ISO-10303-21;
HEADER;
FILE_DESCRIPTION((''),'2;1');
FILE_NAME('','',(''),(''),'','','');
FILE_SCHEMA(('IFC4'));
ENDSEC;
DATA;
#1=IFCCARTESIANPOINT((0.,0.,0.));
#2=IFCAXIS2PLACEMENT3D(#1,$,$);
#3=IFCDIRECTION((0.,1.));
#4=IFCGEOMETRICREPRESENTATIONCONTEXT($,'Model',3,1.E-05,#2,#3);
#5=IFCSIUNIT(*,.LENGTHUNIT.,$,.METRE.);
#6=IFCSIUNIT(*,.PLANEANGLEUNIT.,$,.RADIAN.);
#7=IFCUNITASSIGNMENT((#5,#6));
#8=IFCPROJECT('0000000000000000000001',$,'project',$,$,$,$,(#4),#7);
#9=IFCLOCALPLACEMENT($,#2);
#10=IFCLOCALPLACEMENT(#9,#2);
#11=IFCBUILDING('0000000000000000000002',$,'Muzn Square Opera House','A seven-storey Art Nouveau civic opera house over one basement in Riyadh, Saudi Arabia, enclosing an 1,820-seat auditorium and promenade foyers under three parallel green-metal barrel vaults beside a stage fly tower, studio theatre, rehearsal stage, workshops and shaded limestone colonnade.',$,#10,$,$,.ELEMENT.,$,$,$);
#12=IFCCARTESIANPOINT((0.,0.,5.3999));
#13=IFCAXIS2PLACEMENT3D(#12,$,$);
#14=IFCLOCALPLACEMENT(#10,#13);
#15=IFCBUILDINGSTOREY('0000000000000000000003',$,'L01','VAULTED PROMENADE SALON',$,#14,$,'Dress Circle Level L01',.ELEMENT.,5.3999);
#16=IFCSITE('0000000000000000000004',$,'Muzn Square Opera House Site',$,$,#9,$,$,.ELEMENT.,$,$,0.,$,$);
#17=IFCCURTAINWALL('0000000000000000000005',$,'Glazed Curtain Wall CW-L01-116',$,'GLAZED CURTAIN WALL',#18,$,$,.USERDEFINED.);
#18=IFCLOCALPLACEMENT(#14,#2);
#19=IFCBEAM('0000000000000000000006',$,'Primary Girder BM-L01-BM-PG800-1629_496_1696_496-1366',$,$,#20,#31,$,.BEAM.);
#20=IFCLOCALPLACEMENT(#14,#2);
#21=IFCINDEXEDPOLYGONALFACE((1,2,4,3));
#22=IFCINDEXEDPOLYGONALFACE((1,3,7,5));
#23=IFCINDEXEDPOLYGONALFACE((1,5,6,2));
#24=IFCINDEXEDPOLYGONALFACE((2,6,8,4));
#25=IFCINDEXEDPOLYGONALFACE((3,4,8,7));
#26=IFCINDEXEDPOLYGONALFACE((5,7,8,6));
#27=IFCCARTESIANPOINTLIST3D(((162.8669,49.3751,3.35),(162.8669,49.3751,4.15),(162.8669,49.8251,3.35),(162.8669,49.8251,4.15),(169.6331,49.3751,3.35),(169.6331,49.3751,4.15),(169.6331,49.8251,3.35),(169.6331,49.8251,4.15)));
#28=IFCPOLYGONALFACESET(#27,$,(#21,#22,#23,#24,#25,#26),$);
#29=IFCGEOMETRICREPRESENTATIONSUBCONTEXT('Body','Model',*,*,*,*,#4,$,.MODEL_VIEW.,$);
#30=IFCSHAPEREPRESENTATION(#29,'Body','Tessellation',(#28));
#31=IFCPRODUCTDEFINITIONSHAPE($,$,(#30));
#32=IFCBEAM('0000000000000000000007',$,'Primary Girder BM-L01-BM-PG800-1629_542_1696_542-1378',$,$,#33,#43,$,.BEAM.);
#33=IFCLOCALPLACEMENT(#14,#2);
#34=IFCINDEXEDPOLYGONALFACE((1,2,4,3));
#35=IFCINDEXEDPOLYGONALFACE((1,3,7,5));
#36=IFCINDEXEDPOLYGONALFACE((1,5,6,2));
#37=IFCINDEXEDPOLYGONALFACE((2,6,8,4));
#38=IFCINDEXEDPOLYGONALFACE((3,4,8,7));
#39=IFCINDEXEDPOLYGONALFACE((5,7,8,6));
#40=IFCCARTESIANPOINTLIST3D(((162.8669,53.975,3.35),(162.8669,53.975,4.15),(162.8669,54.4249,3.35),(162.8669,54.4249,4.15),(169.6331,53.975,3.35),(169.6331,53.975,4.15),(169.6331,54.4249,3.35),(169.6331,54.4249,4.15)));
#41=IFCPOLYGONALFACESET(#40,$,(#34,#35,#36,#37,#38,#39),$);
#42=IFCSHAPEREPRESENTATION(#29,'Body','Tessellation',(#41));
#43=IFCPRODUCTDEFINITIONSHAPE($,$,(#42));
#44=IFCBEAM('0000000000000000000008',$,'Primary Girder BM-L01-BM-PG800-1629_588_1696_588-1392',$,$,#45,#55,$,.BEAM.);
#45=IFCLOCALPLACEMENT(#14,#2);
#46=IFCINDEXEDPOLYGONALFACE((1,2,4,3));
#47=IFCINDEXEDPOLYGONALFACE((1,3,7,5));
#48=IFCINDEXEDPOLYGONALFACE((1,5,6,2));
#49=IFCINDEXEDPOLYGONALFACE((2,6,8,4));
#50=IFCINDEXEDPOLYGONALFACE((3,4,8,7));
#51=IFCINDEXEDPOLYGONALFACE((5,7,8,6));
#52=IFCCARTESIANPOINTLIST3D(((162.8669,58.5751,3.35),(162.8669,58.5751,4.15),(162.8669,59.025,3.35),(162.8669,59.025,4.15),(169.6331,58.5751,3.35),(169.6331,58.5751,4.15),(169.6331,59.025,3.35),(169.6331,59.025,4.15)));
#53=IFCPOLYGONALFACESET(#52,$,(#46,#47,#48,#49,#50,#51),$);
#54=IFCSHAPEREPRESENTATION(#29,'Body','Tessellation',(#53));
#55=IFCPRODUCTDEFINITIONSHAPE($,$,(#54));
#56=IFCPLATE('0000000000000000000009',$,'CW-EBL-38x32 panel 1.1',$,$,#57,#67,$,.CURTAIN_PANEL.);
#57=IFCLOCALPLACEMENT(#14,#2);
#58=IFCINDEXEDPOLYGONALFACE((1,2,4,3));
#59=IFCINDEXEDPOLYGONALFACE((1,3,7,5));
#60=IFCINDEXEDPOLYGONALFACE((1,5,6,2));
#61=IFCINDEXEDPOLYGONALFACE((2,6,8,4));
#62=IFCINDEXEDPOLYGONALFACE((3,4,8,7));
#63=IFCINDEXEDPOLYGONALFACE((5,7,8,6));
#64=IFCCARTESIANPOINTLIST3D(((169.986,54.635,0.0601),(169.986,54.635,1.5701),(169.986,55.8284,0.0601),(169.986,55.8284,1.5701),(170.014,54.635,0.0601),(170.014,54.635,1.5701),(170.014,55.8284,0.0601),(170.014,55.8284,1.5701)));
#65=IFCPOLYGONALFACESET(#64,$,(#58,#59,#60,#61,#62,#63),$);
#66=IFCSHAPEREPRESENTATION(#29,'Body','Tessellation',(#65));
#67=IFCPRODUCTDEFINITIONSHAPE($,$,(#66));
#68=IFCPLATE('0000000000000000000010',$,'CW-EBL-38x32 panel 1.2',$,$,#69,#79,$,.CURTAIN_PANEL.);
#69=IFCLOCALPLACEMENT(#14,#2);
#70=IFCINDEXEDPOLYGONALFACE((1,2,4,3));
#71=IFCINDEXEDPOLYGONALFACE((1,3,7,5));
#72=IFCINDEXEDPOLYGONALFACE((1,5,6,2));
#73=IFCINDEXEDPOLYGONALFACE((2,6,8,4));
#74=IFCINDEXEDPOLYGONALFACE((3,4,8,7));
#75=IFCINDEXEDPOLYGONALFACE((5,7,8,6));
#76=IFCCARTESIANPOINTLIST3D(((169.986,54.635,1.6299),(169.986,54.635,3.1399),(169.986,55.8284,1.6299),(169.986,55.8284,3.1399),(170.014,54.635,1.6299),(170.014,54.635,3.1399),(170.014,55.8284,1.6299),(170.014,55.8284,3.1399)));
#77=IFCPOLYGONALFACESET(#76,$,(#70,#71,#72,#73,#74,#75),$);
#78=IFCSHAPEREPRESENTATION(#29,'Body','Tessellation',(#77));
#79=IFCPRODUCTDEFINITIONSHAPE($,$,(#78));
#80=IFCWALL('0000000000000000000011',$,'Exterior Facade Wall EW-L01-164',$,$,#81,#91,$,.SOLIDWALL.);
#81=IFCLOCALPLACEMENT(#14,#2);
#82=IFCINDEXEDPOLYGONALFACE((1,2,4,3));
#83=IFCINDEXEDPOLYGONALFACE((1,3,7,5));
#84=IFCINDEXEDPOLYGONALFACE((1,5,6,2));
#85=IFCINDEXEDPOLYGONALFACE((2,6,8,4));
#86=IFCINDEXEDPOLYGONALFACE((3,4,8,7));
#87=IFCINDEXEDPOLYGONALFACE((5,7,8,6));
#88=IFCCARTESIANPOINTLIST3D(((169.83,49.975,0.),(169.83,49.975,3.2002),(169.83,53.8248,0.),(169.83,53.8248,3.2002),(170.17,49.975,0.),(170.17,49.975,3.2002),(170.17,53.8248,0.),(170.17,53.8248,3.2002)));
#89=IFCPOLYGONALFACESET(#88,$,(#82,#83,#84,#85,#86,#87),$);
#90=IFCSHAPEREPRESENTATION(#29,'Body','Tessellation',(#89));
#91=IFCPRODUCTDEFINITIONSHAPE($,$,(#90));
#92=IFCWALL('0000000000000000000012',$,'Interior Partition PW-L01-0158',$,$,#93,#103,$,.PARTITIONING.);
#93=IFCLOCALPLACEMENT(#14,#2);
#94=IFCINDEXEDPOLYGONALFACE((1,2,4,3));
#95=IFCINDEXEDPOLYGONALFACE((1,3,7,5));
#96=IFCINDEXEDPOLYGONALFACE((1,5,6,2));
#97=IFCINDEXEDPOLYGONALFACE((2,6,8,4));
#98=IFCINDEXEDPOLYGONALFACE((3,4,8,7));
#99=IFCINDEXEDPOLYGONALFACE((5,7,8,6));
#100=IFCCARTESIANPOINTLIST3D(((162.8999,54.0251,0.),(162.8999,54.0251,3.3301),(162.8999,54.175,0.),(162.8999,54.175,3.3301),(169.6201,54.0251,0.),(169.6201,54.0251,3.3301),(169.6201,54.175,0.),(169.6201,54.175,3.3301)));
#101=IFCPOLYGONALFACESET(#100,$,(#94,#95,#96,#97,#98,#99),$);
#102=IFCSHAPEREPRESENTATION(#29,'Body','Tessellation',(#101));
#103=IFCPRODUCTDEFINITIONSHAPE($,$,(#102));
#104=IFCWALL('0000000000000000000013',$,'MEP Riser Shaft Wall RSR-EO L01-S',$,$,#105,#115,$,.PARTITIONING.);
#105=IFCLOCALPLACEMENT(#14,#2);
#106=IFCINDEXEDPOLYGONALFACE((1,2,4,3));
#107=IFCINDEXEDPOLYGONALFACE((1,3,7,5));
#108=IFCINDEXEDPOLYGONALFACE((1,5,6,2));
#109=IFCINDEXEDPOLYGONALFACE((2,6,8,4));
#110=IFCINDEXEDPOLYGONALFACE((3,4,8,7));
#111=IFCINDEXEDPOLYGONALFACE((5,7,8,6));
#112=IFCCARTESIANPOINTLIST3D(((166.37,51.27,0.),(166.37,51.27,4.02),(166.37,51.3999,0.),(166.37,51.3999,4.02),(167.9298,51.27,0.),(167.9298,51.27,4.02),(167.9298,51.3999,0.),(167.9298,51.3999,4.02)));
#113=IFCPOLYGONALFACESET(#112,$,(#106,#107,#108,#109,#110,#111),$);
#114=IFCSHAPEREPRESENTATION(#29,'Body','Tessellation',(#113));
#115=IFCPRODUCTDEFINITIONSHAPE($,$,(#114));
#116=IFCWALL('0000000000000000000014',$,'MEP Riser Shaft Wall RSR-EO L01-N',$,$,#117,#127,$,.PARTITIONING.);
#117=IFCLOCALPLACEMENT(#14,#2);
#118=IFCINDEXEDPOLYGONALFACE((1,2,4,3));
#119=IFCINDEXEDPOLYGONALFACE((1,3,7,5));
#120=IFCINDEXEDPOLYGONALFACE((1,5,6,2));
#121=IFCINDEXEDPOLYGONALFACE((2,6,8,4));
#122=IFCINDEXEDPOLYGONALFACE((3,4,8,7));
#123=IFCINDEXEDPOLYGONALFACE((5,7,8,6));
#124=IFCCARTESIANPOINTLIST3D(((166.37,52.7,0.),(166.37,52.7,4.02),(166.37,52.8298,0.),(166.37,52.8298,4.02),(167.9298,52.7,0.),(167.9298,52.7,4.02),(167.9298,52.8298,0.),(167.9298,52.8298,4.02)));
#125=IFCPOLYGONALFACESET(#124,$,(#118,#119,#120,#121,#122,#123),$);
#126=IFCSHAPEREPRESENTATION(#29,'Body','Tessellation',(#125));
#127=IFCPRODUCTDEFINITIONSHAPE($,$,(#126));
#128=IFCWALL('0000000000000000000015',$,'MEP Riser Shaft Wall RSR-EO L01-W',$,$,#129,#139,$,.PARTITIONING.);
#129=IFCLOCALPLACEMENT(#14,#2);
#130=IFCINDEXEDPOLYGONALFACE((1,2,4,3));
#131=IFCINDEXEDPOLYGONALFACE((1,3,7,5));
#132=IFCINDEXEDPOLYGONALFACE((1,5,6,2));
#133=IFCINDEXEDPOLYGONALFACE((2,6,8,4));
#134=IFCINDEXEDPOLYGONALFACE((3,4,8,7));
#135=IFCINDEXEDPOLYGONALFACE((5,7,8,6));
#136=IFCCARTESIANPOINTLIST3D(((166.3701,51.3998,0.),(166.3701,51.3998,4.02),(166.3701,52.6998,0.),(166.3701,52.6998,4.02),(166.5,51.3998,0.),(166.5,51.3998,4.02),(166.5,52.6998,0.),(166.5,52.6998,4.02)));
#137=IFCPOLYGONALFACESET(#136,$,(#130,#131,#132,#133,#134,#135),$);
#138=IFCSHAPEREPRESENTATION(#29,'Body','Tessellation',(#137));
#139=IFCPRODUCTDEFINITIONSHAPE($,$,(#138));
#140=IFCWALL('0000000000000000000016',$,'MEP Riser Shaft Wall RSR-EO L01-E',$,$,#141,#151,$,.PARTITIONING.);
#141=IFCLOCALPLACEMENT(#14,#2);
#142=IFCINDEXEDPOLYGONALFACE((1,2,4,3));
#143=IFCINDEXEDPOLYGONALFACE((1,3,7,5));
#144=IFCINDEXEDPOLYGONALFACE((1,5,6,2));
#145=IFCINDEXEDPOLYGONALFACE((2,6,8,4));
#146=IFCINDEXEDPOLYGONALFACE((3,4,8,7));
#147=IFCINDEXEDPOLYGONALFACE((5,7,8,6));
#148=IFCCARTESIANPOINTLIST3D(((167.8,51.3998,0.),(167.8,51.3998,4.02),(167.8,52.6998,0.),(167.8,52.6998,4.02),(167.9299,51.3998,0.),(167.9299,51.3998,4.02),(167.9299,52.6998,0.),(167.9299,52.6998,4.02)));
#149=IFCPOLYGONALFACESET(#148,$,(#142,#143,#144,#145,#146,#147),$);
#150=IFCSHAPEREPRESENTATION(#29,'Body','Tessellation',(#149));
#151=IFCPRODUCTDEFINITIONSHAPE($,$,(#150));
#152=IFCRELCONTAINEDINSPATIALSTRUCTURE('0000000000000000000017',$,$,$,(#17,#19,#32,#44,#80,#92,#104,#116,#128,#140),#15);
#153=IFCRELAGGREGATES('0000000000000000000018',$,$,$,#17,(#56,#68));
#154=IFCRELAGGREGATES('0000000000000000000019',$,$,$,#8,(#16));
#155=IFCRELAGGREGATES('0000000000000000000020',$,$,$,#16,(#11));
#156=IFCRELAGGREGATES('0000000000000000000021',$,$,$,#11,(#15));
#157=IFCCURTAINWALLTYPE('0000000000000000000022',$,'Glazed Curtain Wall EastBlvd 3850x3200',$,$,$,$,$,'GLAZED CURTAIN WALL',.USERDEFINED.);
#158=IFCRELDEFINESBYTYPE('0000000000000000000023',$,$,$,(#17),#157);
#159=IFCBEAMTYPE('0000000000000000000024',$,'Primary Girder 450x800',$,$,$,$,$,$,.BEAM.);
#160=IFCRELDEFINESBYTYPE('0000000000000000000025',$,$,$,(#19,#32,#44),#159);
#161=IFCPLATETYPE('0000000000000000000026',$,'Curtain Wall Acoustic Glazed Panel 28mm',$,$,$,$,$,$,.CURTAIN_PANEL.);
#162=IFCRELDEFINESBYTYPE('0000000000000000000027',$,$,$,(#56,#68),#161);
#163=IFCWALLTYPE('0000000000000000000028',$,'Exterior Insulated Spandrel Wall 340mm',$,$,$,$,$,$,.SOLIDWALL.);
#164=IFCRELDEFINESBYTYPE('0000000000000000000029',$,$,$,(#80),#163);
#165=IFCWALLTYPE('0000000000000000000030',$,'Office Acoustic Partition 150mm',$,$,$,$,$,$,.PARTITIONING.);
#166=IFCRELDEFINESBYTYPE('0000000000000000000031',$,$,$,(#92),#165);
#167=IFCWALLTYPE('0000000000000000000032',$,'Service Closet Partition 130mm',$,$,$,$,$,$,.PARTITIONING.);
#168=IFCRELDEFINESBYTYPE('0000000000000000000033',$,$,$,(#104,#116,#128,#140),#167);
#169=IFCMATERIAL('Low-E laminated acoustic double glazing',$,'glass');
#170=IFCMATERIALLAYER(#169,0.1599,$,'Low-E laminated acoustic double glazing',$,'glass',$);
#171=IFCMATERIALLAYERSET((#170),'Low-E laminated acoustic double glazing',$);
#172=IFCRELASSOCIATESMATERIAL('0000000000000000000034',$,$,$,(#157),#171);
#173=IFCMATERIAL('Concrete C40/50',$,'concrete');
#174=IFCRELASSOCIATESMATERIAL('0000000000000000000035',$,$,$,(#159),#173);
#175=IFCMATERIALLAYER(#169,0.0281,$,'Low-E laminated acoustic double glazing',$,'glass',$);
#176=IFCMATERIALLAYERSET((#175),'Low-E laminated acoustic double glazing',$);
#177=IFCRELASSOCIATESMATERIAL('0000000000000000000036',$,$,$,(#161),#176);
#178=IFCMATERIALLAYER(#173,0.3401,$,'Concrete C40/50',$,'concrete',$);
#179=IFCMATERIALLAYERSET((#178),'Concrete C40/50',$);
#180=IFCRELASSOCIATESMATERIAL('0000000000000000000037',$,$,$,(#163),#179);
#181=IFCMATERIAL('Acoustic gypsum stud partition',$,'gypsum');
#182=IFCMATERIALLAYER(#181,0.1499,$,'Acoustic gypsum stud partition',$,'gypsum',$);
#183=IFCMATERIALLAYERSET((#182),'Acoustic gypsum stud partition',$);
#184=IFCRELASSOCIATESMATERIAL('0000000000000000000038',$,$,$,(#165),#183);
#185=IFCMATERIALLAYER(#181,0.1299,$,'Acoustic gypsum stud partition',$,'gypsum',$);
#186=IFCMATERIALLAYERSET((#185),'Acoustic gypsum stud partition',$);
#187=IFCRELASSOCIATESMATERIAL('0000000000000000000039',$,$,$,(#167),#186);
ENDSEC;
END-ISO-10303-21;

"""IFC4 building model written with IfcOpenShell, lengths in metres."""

from ifc_helpers import new_model, si_unit, direction, frame, frame_2d, origin, origin_2d, place, context, subcontext, project, spatial, rectangle, extrude, material, layer, layer_set, material_profile, profile_set, type_object, element, aggregate, save


model = new_model("IFC4")

# Units and contexts
model_context = context("Model", 3, precision=1e-05, world=origin(), true_north=direction((0.0, 1.0)))
body_context = subcontext(model_context, "Body", "Model", "MODEL_VIEW")
ifc_project = project(units=[si_unit("LENGTHUNIT", "METRE"), si_unit("PLANEANGLEUNIT", "RADIAN")], contexts=[model_context])

# Site, building, storey
site_placement = place(None, origin())
site = spatial("IfcSite", under=ifc_project, at=site_placement, Name="Muzn Square Opera House Site", CompositionType="ELEMENT", RefElevation=0.0)
building_placement = place(site_placement, origin())
building = spatial("IfcBuilding", under=site, at=building_placement, Name="Muzn Square Opera House", Description="A seven-storey Art Nouveau civic opera house over one basement in Riyadh, Saudi Arabia, enclosing an 1,820-seat auditorium and promenade foyers under three parallel green-metal barrel vaults beside a stage fly tower, studio theatre, rehearsal stage, workshops and shaded limestone colonnade.", CompositionType="ELEMENT")
storey_placement = place(building_placement, frame((0.0, 0.0, 5.3999)))
storey = spatial("IfcBuildingStorey", under=building, at=storey_placement, Name="L01", Description="VAULTED PROMENADE SALON", LongName="Dress Circle Level L01", CompositionType="ELEMENT", Elevation=5.3999)

# Curtain wall
ifc_material_1 = material(Name="Low-E laminated acoustic double glazing", Category="glass")
ifc_layer_1 = layer(ifc_material_1, 0.1599, Name="Low-E laminated acoustic double glazing", Category="glass")
ifc_layer_set_1 = layer_set([ifc_layer_1], Name="Low-E laminated acoustic double glazing")
curtain_wall_type = type_object("IfcCurtainWallType", Name="Glazed Curtain Wall EastBlvd 3850x3200", ElementType="GLAZED CURTAIN WALL", PredefinedType="USERDEFINED", material=ifc_layer_set_1)
curtain_wall_placement = place(storey_placement, origin())
curtain_wall = element("IfcCurtainWall", 1, at=curtain_wall_placement, inside=storey, type_object=curtain_wall_type, Name="Glazed Curtain Wall CW-L01-116", ObjectType="GLAZED CURTAIN WALL", PredefinedType="USERDEFINED")

# Beams
ifc_material_2 = material(Name="Concrete C40/50", Category="concrete")
ifc_material_profile_1 = material_profile(ifc_material_2, rectangle(XDim=0.45, YDim=0.8, at=origin_2d()), Name="RCB 450x800", Category="concrete")
ifc_profile_set_1 = profile_set([ifc_material_profile_1], Name="Concrete C40/50")
beam_type_1 = type_object("IfcBeamType", Name="Primary Girder 450x800", PredefinedType="BEAM", material=ifc_profile_set_1)
for number, where, z_axis, x_axis, name in (
    (2, (162.8669, 49.6001, 3.75), (1.0, 0.0, 0.0), (0.0, 1.0, 0.0), "Primary Girder BM-L01-BM-PG800-1629_496_1696_496-1366"),
    (3, (162.8669, 54.2, 3.75), (1.0, 0.0, 0.0), (0.0, 1.0, 0.0), "Primary Girder BM-L01-BM-PG800-1629_542_1696_542-1378"),
    (4, (162.8669, 58.8, 3.75), (1.0, 0.0, 0.0), (0.0, 1.0, 0.0), "Primary Girder BM-L01-BM-PG800-1629_588_1696_588-1392"),
):
    element("IfcBeam", number, at=place(storey_placement, frame(where, z_axis=z_axis, x_axis=x_axis)), inside=storey, type_object=beam_type_1, Name=name, PredefinedType="BEAM", context=body_context, shape_type="SweptSolid", body=[
        extrude(rectangle(XDim=0.45, YDim=0.8, at=origin_2d()), origin(), (0.0, 0.0, 1.0), 6.7661),
    ])

# Plates
ifc_layer_2 = layer(ifc_material_1, 0.0281, Name="Low-E laminated acoustic double glazing", Category="glass")
ifc_layer_set_2 = layer_set([ifc_layer_2], Name="Low-E laminated acoustic double glazing")
plate_type = type_object("IfcPlateType", Name="Curtain Wall Acoustic Glazed Panel 28mm", PredefinedType="CURTAIN_PANEL", material=ifc_layer_set_2)
plate_1_placement = place(storey_placement, frame((170.0, 55.2317, 0.0601), z_axis=(0.0, 0.0, 1.0), x_axis=(0.0, 1.0, 0.0)))
plate_1 = element("IfcPlate", 5, at=plate_1_placement, type_object=plate_type, Name="CW-EBL-38x32 panel 1.1", PredefinedType="CURTAIN_PANEL", context=body_context, shape_type="SweptSolid", body=[
    extrude(rectangle(XDim=1.1934, YDim=0.0281, at=origin_2d()), origin(), (0.0, 0.0, 1.0), 1.51),
])
plate_2_placement = place(storey_placement, frame((170.0, 55.2317, 1.6299), z_axis=(0.0, 0.0, 1.0), x_axis=(0.0, 1.0, 0.0)))
plate_2 = element("IfcPlate", 6, at=plate_2_placement, type_object=plate_type, Name="CW-EBL-38x32 panel 1.2", PredefinedType="CURTAIN_PANEL", context=body_context, shape_type="SweptSolid", body=[
    extrude(rectangle(XDim=1.1934, YDim=0.0281, at=origin_2d()), origin(), (0.0, 0.0, 1.0), 1.51),
])
aggregate(curtain_wall, [plate_1, plate_2])

# Walls
ifc_layer_3 = layer(ifc_material_2, 0.3401, Name="Concrete C40/50", Category="concrete")
ifc_layer_set_3 = layer_set([ifc_layer_3], Name="Concrete C40/50")
wall_type_1 = type_object("IfcWallType", Name="Exterior Insulated Spandrel Wall 340mm", PredefinedType="SOLIDWALL", material=ifc_layer_set_3)
wall_1_placement = place(storey_placement, frame((170.0, 49.9751, 0.0), z_axis=(0.0, 0.0, 1.0), x_axis=(0.0, 1.0, 0.0)))
element("IfcWall", 7, at=wall_1_placement, inside=storey, type_object=wall_type_1, Name="Exterior Facade Wall EW-L01-164", PredefinedType="SOLIDWALL", context=body_context, shape_type="SweptSolid", body=[
    extrude(rectangle(XDim=3.8499, YDim=0.3401, at=frame_2d((1.9248, 0.0))), origin(), (0.0, 0.0, 1.0), 3.2002),
])
ifc_material_3 = material(Name="Acoustic gypsum stud partition", Category="gypsum")
ifc_layer_4 = layer(ifc_material_3, 0.1499, Name="Acoustic gypsum stud partition", Category="gypsum")
ifc_layer_set_4 = layer_set([ifc_layer_4], Name="Acoustic gypsum stud partition")
wall_type_2 = type_object("IfcWallType", Name="Office Acoustic Partition 150mm", PredefinedType="PARTITIONING", material=ifc_layer_set_4)
wall_2_placement = place(storey_placement, frame((162.8999, 54.1001, 0.0), z_axis=(0.0, 0.0, 1.0), x_axis=(1.0, 0.0, 0.0)))
element("IfcWall", 8, at=wall_2_placement, inside=storey, type_object=wall_type_2, Name="Interior Partition PW-L01-0158", PredefinedType="PARTITIONING", context=body_context, shape_type="SweptSolid", body=[
    extrude(rectangle(XDim=6.7202, YDim=0.1499, at=frame_2d((3.3601, 0.0))), origin(), (0.0, 0.0, 1.0), 3.3301),
])
ifc_layer_5 = layer(ifc_material_3, 0.1299, Name="Acoustic gypsum stud partition", Category="gypsum")
ifc_layer_set_5 = layer_set([ifc_layer_5], Name="Acoustic gypsum stud partition")
wall_type_3 = type_object("IfcWallType", Name="Service Closet Partition 130mm", PredefinedType="PARTITIONING", material=ifc_layer_set_5)
for number, where, z_axis, x_axis, name in (
    (9, (166.3701, 51.335, 0.0), (0.0, 0.0, 1.0), (1.0, 0.0, 0.0), "MEP Riser Shaft Wall RSR-EO L01-S"),
    (10, (166.3701, 52.7649, 0.0), (0.0, 0.0, 1.0), (1.0, 0.0, 0.0), "MEP Riser Shaft Wall RSR-EO L01-N"),
):
    element("IfcWall", number, at=place(storey_placement, frame(where, z_axis=z_axis, x_axis=x_axis)), inside=storey, type_object=wall_type_3, Name=name, PredefinedType="PARTITIONING", context=body_context, shape_type="SweptSolid", body=[
        extrude(rectangle(XDim=1.5598, YDim=0.1299, at=frame_2d((0.7798, 0.0))), origin(), (0.0, 0.0, 1.0), 4.02),
    ])
for number, where, z_axis, x_axis, name in (
    (11, (166.4351, 51.3999, 0.0), (0.0, 0.0, 1.0), (0.0, 1.0, 0.0), "MEP Riser Shaft Wall RSR-EO L01-W"),
    (12, (167.865, 51.3999, 0.0), (0.0, 0.0, 1.0), (0.0, 1.0, 0.0), "MEP Riser Shaft Wall RSR-EO L01-E"),
):
    element("IfcWall", number, at=place(storey_placement, frame(where, z_axis=z_axis, x_axis=x_axis)), inside=storey, type_object=wall_type_3, Name=name, PredefinedType="PARTITIONING", context=body_context, shape_type="SweptSolid", body=[
        extrude(rectangle(XDim=1.3, YDim=0.1299, at=frame_2d((0.6499, 0.0))), origin(), (0.0, 0.0, 1.0), 4.02),
    ])

save(model, "model.ifc")
